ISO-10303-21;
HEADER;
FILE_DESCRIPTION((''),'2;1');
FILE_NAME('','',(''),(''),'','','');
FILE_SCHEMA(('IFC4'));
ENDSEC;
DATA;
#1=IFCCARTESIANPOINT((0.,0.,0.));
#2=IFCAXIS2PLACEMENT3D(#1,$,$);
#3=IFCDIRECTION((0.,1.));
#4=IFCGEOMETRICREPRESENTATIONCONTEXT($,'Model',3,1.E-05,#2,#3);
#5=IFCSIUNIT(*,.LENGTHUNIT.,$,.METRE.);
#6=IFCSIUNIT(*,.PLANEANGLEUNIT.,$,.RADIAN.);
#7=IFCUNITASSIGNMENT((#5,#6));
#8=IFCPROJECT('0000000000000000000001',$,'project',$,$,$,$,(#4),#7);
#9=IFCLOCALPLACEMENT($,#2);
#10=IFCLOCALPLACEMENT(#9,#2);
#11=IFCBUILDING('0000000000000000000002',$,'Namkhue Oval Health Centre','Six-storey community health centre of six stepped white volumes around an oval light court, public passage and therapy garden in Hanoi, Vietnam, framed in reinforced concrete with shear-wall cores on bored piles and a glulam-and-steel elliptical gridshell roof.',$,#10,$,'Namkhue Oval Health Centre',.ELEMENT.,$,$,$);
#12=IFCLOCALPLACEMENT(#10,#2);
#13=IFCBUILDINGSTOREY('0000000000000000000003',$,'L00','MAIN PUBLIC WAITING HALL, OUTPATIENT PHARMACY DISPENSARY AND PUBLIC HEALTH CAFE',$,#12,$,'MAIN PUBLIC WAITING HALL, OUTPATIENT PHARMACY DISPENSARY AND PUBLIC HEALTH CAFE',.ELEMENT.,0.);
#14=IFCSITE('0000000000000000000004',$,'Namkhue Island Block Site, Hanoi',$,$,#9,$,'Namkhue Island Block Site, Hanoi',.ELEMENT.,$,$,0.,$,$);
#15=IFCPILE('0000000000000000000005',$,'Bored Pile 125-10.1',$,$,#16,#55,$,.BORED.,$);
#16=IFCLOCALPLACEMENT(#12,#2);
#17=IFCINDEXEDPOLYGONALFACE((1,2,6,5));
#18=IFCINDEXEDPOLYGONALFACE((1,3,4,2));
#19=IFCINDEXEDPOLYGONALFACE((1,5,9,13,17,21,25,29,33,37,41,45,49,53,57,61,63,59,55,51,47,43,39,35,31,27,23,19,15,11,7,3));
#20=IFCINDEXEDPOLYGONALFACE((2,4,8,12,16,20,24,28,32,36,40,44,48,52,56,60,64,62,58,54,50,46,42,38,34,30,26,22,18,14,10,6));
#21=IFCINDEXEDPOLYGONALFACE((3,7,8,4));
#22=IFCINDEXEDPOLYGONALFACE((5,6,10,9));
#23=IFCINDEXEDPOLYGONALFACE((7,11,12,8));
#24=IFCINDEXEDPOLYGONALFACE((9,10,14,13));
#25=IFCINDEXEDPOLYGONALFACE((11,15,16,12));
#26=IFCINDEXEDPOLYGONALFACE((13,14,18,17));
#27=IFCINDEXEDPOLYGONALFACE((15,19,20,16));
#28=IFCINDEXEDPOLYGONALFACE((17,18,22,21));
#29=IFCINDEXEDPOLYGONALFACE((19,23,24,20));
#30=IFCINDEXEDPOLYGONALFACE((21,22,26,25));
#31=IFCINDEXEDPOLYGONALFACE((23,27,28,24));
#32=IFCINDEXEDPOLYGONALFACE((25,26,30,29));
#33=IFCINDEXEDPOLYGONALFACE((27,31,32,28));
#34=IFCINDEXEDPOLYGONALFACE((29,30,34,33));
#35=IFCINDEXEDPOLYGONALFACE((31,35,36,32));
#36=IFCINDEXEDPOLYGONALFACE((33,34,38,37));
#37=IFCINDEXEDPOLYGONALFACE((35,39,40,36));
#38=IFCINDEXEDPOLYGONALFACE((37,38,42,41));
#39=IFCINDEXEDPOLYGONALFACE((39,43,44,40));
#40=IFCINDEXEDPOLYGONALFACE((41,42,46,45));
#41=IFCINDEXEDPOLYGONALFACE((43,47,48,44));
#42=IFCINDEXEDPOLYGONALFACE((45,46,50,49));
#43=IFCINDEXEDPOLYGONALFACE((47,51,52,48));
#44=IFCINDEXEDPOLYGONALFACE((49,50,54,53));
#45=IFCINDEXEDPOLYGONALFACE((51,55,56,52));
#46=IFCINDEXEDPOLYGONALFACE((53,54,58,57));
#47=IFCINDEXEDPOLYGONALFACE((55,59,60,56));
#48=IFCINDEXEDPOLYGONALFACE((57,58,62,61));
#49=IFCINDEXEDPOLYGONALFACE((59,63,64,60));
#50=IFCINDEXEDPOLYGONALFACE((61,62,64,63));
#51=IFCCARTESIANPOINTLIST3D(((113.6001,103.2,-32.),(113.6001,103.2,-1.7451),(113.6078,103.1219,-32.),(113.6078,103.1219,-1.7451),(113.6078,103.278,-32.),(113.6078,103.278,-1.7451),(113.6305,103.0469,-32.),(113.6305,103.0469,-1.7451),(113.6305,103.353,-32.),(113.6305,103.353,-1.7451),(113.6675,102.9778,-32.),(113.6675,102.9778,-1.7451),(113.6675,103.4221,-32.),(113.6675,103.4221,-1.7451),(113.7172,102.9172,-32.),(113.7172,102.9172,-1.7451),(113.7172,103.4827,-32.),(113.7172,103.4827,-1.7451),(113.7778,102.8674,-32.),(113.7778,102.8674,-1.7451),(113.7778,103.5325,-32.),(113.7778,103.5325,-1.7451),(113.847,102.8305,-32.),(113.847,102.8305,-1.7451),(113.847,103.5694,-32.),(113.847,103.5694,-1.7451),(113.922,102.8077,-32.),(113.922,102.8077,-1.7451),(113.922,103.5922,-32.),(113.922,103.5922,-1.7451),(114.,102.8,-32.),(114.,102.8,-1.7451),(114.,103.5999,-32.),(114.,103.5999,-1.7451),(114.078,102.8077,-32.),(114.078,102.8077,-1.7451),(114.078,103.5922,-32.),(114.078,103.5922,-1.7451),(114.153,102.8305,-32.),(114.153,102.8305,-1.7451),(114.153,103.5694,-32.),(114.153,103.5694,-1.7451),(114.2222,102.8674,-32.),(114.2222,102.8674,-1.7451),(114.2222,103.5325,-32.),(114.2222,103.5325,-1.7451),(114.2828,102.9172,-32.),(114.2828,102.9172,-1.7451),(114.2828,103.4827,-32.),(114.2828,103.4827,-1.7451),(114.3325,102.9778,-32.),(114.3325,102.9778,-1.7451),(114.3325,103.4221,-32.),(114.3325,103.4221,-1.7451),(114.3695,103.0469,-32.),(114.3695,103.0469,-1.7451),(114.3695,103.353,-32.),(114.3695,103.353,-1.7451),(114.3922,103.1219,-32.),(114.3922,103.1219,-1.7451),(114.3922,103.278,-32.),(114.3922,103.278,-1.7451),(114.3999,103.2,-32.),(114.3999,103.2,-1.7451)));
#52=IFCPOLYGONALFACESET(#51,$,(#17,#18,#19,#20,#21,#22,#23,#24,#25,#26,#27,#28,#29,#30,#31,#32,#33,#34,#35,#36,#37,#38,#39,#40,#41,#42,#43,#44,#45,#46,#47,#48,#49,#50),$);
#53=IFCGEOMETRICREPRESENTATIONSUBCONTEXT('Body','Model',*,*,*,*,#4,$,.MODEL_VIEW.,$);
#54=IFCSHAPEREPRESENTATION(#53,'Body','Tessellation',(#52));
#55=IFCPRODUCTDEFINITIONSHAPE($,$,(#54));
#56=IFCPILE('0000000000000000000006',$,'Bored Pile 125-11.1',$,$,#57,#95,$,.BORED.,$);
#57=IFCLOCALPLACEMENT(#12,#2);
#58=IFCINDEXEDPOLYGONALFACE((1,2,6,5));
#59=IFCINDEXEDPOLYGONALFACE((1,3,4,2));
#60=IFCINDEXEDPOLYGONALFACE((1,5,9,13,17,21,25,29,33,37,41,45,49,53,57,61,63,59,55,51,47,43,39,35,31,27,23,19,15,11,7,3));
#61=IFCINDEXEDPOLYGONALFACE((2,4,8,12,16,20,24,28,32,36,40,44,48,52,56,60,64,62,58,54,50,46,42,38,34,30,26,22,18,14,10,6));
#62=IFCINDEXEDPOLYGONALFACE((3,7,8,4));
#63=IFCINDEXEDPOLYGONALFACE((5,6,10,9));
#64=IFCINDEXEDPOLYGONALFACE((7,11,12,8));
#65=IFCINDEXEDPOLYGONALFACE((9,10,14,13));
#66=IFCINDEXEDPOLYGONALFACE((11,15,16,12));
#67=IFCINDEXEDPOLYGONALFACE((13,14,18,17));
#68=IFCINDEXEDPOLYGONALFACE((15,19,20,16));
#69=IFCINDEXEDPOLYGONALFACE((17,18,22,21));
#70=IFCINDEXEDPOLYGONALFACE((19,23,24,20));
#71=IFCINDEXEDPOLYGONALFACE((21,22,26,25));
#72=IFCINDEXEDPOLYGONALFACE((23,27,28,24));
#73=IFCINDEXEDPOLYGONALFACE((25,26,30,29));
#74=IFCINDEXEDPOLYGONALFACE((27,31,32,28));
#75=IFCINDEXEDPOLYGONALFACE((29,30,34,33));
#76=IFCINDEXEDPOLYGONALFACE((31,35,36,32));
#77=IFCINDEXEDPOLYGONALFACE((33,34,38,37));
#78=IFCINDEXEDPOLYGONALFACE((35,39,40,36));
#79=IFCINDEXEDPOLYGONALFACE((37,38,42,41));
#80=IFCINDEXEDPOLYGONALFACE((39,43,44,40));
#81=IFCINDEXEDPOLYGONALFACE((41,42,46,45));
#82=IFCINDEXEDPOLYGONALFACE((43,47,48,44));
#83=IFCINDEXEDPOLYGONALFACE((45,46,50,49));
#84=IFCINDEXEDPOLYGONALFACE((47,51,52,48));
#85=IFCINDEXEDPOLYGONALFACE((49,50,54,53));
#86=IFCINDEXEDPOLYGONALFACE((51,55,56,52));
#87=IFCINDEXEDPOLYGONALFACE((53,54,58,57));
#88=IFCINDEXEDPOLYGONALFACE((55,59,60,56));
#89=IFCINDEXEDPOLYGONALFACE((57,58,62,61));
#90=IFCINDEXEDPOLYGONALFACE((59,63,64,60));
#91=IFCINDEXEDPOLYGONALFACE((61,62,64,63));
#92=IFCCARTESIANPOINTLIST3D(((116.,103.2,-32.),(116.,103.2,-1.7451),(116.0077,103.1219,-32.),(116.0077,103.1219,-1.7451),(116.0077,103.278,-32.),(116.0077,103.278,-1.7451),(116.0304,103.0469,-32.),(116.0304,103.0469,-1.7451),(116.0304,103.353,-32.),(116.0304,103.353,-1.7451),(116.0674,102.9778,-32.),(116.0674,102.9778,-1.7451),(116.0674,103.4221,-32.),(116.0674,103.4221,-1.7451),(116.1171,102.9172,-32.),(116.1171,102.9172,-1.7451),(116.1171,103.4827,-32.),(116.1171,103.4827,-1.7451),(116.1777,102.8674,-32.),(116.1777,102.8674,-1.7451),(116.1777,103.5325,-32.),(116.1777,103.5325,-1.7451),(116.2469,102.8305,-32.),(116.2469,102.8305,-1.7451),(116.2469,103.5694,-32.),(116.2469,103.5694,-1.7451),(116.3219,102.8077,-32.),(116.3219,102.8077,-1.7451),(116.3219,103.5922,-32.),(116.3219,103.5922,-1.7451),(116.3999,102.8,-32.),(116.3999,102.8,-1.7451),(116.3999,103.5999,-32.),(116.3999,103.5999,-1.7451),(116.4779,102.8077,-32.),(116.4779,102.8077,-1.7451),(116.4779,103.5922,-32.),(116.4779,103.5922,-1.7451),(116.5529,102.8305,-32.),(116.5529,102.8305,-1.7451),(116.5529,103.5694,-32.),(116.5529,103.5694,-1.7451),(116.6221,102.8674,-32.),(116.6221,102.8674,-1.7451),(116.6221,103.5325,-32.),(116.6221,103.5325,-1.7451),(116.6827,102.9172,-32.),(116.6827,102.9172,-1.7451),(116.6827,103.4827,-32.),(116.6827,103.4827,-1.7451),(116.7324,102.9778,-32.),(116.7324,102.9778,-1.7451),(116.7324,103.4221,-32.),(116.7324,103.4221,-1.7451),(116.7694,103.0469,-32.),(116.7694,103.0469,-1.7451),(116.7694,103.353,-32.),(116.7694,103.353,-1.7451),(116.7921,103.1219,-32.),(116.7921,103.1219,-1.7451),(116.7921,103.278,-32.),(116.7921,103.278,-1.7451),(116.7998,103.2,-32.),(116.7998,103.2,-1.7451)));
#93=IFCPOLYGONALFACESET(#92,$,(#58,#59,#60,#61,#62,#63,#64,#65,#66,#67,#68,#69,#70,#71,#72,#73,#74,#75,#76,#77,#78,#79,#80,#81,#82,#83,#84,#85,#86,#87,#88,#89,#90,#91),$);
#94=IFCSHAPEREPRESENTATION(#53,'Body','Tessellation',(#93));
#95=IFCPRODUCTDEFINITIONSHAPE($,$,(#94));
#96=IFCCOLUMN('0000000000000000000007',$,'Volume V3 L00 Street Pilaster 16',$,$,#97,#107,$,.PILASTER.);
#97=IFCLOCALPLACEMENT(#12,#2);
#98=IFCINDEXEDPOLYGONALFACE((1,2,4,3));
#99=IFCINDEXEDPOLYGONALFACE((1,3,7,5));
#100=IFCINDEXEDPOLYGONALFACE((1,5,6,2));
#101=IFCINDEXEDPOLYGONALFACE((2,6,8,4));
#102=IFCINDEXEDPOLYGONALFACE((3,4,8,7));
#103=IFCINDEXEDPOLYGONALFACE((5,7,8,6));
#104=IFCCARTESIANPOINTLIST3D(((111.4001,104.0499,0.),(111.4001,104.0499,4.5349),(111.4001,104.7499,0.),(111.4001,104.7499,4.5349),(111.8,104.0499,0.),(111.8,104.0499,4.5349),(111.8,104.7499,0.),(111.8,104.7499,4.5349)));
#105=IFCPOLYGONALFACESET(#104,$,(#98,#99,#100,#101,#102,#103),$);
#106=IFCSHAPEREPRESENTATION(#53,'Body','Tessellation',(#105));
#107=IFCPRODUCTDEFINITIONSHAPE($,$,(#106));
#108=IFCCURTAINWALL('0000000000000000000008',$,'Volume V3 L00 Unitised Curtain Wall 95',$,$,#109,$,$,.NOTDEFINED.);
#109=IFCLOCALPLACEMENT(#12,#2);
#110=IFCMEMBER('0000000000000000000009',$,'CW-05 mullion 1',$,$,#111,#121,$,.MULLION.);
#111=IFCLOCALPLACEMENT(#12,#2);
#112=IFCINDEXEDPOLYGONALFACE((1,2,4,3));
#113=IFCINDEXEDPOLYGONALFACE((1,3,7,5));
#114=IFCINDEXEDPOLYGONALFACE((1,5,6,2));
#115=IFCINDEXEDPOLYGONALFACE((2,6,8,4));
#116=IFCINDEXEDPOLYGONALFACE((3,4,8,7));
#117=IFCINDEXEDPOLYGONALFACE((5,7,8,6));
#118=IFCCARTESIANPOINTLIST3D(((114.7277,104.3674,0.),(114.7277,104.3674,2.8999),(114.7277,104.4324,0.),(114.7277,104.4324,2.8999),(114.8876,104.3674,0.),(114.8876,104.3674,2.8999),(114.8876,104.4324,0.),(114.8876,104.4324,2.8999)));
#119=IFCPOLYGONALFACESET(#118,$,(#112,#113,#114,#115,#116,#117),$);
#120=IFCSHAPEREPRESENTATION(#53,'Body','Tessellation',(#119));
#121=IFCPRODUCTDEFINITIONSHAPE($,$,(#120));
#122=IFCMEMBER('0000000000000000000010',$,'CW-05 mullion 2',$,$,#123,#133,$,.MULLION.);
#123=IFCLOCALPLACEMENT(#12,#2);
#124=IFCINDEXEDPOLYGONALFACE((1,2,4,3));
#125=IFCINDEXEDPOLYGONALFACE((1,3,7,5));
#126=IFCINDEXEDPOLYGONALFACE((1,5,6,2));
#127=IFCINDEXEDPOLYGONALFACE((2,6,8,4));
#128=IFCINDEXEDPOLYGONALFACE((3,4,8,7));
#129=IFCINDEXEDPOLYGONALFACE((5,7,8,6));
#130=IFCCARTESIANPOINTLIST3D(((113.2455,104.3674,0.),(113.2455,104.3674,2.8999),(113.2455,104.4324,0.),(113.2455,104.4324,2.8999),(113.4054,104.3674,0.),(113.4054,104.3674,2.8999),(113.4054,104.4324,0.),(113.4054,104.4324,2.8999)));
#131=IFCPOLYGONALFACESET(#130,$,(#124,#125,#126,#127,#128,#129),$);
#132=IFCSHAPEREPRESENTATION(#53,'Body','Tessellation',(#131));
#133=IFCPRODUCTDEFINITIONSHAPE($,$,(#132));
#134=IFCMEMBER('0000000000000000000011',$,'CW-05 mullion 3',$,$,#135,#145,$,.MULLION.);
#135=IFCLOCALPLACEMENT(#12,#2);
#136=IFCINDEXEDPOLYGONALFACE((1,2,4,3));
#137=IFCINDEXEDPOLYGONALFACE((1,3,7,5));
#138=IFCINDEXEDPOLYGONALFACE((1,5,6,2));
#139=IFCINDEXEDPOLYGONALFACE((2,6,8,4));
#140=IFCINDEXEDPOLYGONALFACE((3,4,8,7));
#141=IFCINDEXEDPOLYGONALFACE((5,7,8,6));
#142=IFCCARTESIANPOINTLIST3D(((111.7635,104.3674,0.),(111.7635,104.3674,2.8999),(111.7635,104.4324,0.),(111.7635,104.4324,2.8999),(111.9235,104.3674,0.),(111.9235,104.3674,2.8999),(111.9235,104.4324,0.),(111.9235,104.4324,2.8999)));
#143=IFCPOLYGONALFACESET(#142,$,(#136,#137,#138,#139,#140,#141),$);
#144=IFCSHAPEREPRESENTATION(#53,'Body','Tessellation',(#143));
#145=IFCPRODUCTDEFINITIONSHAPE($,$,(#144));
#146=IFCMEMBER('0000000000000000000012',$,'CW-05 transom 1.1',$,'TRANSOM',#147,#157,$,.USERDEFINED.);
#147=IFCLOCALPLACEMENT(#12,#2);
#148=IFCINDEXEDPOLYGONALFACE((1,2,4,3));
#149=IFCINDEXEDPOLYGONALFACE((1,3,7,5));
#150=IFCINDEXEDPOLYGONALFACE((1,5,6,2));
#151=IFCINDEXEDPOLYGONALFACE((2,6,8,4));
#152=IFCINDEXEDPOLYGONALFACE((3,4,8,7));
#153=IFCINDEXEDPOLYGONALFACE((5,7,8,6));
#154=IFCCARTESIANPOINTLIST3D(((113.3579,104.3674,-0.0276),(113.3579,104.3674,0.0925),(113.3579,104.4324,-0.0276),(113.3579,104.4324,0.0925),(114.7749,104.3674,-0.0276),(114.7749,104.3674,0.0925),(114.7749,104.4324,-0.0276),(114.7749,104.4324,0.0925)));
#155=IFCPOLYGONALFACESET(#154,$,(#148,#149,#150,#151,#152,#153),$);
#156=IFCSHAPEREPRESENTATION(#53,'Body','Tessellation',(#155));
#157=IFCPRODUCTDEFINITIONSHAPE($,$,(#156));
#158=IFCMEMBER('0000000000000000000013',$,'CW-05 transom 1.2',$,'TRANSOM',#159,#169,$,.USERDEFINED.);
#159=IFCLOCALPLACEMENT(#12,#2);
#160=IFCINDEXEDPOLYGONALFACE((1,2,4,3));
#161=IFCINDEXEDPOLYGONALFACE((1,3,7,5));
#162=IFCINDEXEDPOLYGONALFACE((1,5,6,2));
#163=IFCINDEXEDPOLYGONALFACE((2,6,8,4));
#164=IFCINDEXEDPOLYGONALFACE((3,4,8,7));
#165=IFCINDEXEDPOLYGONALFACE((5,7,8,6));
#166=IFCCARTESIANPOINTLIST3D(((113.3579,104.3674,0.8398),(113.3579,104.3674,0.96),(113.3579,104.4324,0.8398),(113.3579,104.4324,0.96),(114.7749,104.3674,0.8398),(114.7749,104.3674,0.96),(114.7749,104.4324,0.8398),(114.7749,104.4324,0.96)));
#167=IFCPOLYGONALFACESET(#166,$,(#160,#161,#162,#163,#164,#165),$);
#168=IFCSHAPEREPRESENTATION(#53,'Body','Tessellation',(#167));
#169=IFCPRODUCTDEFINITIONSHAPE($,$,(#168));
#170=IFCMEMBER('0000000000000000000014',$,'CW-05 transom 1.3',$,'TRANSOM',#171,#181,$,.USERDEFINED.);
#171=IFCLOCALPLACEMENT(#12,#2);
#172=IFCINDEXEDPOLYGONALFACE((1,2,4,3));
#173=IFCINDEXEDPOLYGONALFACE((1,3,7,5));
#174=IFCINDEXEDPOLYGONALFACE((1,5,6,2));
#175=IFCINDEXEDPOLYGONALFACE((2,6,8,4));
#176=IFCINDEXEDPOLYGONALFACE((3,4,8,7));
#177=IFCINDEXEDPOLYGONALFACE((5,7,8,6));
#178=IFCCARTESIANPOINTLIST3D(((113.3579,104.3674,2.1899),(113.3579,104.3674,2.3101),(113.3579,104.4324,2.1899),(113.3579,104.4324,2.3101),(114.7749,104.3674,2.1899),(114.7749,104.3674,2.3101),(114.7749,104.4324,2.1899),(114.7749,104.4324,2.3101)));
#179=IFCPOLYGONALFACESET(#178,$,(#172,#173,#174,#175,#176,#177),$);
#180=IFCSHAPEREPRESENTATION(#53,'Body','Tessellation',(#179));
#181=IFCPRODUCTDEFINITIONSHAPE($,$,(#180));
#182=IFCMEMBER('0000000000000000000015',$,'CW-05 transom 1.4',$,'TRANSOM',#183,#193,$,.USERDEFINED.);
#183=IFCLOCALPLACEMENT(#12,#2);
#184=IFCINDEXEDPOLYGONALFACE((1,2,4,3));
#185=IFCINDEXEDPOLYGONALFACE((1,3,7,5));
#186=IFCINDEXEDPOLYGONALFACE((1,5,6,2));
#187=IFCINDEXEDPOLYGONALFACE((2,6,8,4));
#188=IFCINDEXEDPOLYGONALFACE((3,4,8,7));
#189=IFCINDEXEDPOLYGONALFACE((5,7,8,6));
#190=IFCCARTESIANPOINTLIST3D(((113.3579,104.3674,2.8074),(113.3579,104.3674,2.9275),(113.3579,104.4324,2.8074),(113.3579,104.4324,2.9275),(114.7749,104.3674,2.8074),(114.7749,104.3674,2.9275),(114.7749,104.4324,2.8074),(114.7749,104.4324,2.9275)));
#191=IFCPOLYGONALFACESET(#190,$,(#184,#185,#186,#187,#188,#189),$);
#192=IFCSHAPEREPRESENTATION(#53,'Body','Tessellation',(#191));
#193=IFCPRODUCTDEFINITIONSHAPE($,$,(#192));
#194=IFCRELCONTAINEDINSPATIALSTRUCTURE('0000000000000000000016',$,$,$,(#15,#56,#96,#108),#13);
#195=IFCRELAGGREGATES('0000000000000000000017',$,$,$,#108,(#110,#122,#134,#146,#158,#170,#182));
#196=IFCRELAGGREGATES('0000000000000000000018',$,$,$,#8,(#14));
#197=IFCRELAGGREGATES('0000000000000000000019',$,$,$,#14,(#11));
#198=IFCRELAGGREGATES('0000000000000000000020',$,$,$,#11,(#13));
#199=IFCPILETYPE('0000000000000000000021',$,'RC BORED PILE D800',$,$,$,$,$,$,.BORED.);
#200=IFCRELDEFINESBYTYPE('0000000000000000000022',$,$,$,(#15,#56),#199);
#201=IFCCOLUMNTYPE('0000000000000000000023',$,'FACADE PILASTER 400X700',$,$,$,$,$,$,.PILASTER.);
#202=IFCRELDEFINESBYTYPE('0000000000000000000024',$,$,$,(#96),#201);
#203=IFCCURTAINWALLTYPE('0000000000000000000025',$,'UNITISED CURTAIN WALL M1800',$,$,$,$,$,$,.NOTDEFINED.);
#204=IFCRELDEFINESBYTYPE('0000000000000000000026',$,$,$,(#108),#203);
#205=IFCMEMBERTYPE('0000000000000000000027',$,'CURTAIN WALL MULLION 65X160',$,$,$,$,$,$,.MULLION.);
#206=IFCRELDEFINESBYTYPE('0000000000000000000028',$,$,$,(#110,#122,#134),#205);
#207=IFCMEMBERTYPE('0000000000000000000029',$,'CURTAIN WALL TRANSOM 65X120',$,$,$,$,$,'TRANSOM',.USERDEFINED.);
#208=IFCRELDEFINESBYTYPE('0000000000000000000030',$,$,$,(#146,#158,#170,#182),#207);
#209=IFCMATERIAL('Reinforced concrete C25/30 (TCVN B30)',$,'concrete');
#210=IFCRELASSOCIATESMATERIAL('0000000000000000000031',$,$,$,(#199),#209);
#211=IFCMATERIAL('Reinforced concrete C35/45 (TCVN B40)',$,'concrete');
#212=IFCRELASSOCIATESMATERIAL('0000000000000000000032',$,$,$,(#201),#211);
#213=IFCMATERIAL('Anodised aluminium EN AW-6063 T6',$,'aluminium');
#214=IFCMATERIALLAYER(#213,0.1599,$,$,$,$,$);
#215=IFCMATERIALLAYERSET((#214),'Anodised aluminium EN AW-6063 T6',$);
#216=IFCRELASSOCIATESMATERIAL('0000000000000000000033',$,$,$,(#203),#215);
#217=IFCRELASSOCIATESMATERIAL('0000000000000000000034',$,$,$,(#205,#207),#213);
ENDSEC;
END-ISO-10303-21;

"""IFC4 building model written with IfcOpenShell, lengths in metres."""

from ifc_helpers import new_model, si_unit, direction, frame, origin, origin_2d, place, context, subcontext, project, spatial, rectangle, circle, extrude, material, layer, layer_set, material_profile, profile_set, type_object, element, aggregate, save


model = new_model("IFC4")

# Units and contexts
model_context = context("Model", 3, precision=1e-05, world=origin(), true_north=direction((0.0, 1.0)))
body_context = subcontext(model_context, "Body", "Model", "MODEL_VIEW")
ifc_project = project(units=[si_unit("LENGTHUNIT", "METRE"), si_unit("PLANEANGLEUNIT", "RADIAN")], contexts=[model_context])

# Site, building, storey
site_placement = place(None, origin())
site = spatial("IfcSite", under=ifc_project, at=site_placement, Name="Namkhue Island Block Site, Hanoi", LongName="Namkhue Island Block Site, Hanoi", CompositionType="ELEMENT", RefElevation=0.0)
building_placement = place(site_placement, origin())
building = spatial("IfcBuilding", under=site, at=building_placement, Name="Namkhue Oval Health Centre", Description="Six-storey community health centre of six stepped white volumes around an oval light court, public passage and therapy garden in Hanoi, Vietnam, framed in reinforced concrete with shear-wall cores on bored piles and a glulam-and-steel elliptical gridshell roof.", LongName="Namkhue Oval Health Centre", CompositionType="ELEMENT")
storey_placement = place(building_placement, origin())
storey = spatial("IfcBuildingStorey", under=building, at=storey_placement, Name="L00", Description="MAIN PUBLIC WAITING HALL, OUTPATIENT PHARMACY DISPENSARY AND PUBLIC HEALTH CAFE", LongName="MAIN PUBLIC WAITING HALL, OUTPATIENT PHARMACY DISPENSARY AND PUBLIC HEALTH CAFE", CompositionType="ELEMENT", Elevation=0.0)

# Piles
ifc_material_1 = material(Name="Reinforced concrete C25/30 (TCVN B30)", Category="concrete")
ifc_material_profile_1 = material_profile(ifc_material_1, circle(Radius=0.3999, at=origin_2d()), Name="BORED PILE D800")
ifc_profile_set_1 = profile_set([ifc_material_profile_1], Name="Reinforced concrete C25/30 (TCVN B30)")
pile_type_1 = type_object("IfcPileType", Name="RC BORED PILE D800", PredefinedType="BORED", material=ifc_profile_set_1)
for number, where, z_axis, x_axis, name in (
    (1, (114.0, 103.2, -1.7451), (0.0, 0.0, -1.0), (1.0, 0.0, 0.0), "Bored Pile 125-10.1"),
    (2, (116.3999, 103.2, -1.7451), (0.0, 0.0, -1.0), (1.0, 0.0, 0.0), "Bored Pile 125-11.1"),
):
    element("IfcPile", number, at=place(storey_placement, frame(where, z_axis=z_axis, x_axis=x_axis)), inside=storey, type_object=pile_type_1, Name=name, PredefinedType="BORED", context=body_context, shape_type="SweptSolid", body=[
        extrude(circle(Radius=0.3999, at=origin_2d()), origin(), (0.0, 0.0, 1.0), 30.2549),
    ])

# Column
ifc_material_2 = material(Name="Reinforced concrete C35/45 (TCVN B40)", Category="concrete")
ifc_material_profile_2 = material_profile(ifc_material_2, rectangle(XDim=0.3999, YDim=0.7, at=origin_2d()), Name="RC 400x700")
ifc_profile_set_2 = profile_set([ifc_material_profile_2], Name="Reinforced concrete C35/45 (TCVN B40)")
column_type = type_object("IfcColumnType", Name="FACADE PILASTER 400X700", PredefinedType="PILASTER", material=ifc_profile_set_2)
column_placement = place(storey_placement, frame((111.6001, 104.3999, 0.0), z_axis=(0.0, 0.0, 1.0), x_axis=(1.0, 0.0, 0.0)))
element("IfcColumn", 3, at=column_placement, inside=storey, type_object=column_type, Name="Volume V3 L00 Street Pilaster 16", PredefinedType="PILASTER", context=body_context, shape_type="SweptSolid", body=[
    extrude(rectangle(XDim=0.3999, YDim=0.7, at=origin_2d()), origin(), (0.0, 0.0, 1.0), 4.5349),
])

# Curtain wall, members
ifc_material_3 = material(Name="Anodised aluminium EN AW-6063 T6", Category="aluminium")
ifc_layer_1 = layer(ifc_material_3, 0.1599)
ifc_layer_set_1 = layer_set([ifc_layer_1], Name="Anodised aluminium EN AW-6063 T6")
curtain_wall_type = type_object("IfcCurtainWallType", Name="UNITISED CURTAIN WALL M1800", PredefinedType="NOTDEFINED", material=ifc_layer_set_1)
curtain_wall_placement = place(storey_placement, origin())
curtain_wall = element("IfcCurtainWall", 4, at=curtain_wall_placement, inside=storey, type_object=curtain_wall_type, Name="Volume V3 L00 Unitised Curtain Wall 95", PredefinedType="NOTDEFINED")
ifc_material_profile_3 = material_profile(ifc_material_3, rectangle(XDim=0.0649, YDim=0.1599, at=origin_2d()), Name="ALU 65x160")
ifc_profile_set_3 = profile_set([ifc_material_profile_3], Name="Anodised aluminium EN AW-6063 T6")
member_type_1 = type_object("IfcMemberType", Name="CURTAIN WALL MULLION 65X160", PredefinedType="MULLION", material=ifc_profile_set_3)
member_1_placement = place(storey_placement, frame((114.8076, 104.3999, 0.0), z_axis=(0.0, 0.0, 1.0), x_axis=(0.0, -1.0, 0.0)))
member_1 = element("IfcMember", 5, at=member_1_placement, type_object=member_type_1, Name="CW-05 mullion 1", PredefinedType="MULLION", context=body_context, shape_type="SweptSolid", body=[
    extrude(rectangle(XDim=0.0649, YDim=0.1599, at=origin_2d()), origin(), (0.0, 0.0, 1.0), 2.8999),
])
member_2_placement = place(storey_placement, frame((113.3254, 104.3999, 0.0), z_axis=(0.0, 0.0, 1.0), x_axis=(0.0, -1.0, 0.0)))
member_2 = element("IfcMember", 6, at=member_2_placement, type_object=member_type_1, Name="CW-05 mullion 2", PredefinedType="MULLION", context=body_context, shape_type="SweptSolid", body=[
    extrude(rectangle(XDim=0.0649, YDim=0.1599, at=origin_2d()), origin(), (0.0, 0.0, 1.0), 2.8999),
])
member_3_placement = place(storey_placement, frame((111.8435, 104.3999, 0.0), z_axis=(0.0, 0.0, 1.0), x_axis=(0.0, -1.0, 0.0)))
member_3 = element("IfcMember", 7, at=member_3_placement, type_object=member_type_1, Name="CW-05 mullion 3", PredefinedType="MULLION", context=body_context, shape_type="SweptSolid", body=[
    extrude(rectangle(XDim=0.0649, YDim=0.1599, at=origin_2d()), origin(), (0.0, 0.0, 1.0), 2.8999),
])
ifc_material_profile_4 = material_profile(ifc_material_3, rectangle(XDim=0.0649, YDim=0.1201, at=origin_2d()), Name="ALU 65x120")
ifc_profile_set_4 = profile_set([ifc_material_profile_4], Name="Anodised aluminium EN AW-6063 T6")
member_type_2 = type_object("IfcMemberType", Name="CURTAIN WALL TRANSOM 65X120", ElementType="TRANSOM", PredefinedType="USERDEFINED", material=ifc_profile_set_4)
member_4_placement = place(storey_placement, frame((114.7749, 104.3999, 0.0325), z_axis=(-1.0, 0.0, 0.0), x_axis=(0.0, -1.0, 0.0)))
member_4 = element("IfcMember", 8, at=member_4_placement, type_object=member_type_2, Name="CW-05 transom 1.1", ObjectType="TRANSOM", PredefinedType="USERDEFINED", context=body_context, shape_type="SweptSolid", body=[
    extrude(rectangle(XDim=0.0649, YDim=0.1201, at=origin_2d()), origin(), (0.0, 0.0, 1.0), 1.417),
])
member_5_placement = place(storey_placement, frame((114.7749, 104.3999, 0.8999), z_axis=(-1.0, 0.0, 0.0), x_axis=(0.0, -1.0, 0.0)))
member_5 = element("IfcMember", 9, at=member_5_placement, type_object=member_type_2, Name="CW-05 transom 1.2", ObjectType="TRANSOM", PredefinedType="USERDEFINED", context=body_context, shape_type="SweptSolid", body=[
    extrude(rectangle(XDim=0.0649, YDim=0.1201, at=origin_2d()), origin(), (0.0, 0.0, 1.0), 1.417),
])
member_6_placement = place(storey_placement, frame((114.7749, 104.3999, 2.25), z_axis=(-1.0, 0.0, 0.0), x_axis=(0.0, -1.0, 0.0)))
member_6 = element("IfcMember", 10, at=member_6_placement, type_object=member_type_2, Name="CW-05 transom 1.3", ObjectType="TRANSOM", PredefinedType="USERDEFINED", context=body_context, shape_type="SweptSolid", body=[
    extrude(rectangle(XDim=0.0649, YDim=0.1201, at=origin_2d()), origin(), (0.0, 0.0, 1.0), 1.417),
])
member_7_placement = place(storey_placement, frame((114.7749, 104.3999, 2.8674), z_axis=(-1.0, 0.0, 0.0), x_axis=(0.0, -1.0, 0.0)))
member_7 = element("IfcMember", 11, at=member_7_placement, type_object=member_type_2, Name="CW-05 transom 1.4", ObjectType="TRANSOM", PredefinedType="USERDEFINED", context=body_context, shape_type="SweptSolid", body=[
    extrude(rectangle(XDim=0.0649, YDim=0.1201, at=origin_2d()), origin(), (0.0, 0.0, 1.0), 1.417),
])

aggregate(curtain_wall, [member_1, member_2, member_3, member_4, member_5, member_6, member_7])

save(model, "model.ifc")
